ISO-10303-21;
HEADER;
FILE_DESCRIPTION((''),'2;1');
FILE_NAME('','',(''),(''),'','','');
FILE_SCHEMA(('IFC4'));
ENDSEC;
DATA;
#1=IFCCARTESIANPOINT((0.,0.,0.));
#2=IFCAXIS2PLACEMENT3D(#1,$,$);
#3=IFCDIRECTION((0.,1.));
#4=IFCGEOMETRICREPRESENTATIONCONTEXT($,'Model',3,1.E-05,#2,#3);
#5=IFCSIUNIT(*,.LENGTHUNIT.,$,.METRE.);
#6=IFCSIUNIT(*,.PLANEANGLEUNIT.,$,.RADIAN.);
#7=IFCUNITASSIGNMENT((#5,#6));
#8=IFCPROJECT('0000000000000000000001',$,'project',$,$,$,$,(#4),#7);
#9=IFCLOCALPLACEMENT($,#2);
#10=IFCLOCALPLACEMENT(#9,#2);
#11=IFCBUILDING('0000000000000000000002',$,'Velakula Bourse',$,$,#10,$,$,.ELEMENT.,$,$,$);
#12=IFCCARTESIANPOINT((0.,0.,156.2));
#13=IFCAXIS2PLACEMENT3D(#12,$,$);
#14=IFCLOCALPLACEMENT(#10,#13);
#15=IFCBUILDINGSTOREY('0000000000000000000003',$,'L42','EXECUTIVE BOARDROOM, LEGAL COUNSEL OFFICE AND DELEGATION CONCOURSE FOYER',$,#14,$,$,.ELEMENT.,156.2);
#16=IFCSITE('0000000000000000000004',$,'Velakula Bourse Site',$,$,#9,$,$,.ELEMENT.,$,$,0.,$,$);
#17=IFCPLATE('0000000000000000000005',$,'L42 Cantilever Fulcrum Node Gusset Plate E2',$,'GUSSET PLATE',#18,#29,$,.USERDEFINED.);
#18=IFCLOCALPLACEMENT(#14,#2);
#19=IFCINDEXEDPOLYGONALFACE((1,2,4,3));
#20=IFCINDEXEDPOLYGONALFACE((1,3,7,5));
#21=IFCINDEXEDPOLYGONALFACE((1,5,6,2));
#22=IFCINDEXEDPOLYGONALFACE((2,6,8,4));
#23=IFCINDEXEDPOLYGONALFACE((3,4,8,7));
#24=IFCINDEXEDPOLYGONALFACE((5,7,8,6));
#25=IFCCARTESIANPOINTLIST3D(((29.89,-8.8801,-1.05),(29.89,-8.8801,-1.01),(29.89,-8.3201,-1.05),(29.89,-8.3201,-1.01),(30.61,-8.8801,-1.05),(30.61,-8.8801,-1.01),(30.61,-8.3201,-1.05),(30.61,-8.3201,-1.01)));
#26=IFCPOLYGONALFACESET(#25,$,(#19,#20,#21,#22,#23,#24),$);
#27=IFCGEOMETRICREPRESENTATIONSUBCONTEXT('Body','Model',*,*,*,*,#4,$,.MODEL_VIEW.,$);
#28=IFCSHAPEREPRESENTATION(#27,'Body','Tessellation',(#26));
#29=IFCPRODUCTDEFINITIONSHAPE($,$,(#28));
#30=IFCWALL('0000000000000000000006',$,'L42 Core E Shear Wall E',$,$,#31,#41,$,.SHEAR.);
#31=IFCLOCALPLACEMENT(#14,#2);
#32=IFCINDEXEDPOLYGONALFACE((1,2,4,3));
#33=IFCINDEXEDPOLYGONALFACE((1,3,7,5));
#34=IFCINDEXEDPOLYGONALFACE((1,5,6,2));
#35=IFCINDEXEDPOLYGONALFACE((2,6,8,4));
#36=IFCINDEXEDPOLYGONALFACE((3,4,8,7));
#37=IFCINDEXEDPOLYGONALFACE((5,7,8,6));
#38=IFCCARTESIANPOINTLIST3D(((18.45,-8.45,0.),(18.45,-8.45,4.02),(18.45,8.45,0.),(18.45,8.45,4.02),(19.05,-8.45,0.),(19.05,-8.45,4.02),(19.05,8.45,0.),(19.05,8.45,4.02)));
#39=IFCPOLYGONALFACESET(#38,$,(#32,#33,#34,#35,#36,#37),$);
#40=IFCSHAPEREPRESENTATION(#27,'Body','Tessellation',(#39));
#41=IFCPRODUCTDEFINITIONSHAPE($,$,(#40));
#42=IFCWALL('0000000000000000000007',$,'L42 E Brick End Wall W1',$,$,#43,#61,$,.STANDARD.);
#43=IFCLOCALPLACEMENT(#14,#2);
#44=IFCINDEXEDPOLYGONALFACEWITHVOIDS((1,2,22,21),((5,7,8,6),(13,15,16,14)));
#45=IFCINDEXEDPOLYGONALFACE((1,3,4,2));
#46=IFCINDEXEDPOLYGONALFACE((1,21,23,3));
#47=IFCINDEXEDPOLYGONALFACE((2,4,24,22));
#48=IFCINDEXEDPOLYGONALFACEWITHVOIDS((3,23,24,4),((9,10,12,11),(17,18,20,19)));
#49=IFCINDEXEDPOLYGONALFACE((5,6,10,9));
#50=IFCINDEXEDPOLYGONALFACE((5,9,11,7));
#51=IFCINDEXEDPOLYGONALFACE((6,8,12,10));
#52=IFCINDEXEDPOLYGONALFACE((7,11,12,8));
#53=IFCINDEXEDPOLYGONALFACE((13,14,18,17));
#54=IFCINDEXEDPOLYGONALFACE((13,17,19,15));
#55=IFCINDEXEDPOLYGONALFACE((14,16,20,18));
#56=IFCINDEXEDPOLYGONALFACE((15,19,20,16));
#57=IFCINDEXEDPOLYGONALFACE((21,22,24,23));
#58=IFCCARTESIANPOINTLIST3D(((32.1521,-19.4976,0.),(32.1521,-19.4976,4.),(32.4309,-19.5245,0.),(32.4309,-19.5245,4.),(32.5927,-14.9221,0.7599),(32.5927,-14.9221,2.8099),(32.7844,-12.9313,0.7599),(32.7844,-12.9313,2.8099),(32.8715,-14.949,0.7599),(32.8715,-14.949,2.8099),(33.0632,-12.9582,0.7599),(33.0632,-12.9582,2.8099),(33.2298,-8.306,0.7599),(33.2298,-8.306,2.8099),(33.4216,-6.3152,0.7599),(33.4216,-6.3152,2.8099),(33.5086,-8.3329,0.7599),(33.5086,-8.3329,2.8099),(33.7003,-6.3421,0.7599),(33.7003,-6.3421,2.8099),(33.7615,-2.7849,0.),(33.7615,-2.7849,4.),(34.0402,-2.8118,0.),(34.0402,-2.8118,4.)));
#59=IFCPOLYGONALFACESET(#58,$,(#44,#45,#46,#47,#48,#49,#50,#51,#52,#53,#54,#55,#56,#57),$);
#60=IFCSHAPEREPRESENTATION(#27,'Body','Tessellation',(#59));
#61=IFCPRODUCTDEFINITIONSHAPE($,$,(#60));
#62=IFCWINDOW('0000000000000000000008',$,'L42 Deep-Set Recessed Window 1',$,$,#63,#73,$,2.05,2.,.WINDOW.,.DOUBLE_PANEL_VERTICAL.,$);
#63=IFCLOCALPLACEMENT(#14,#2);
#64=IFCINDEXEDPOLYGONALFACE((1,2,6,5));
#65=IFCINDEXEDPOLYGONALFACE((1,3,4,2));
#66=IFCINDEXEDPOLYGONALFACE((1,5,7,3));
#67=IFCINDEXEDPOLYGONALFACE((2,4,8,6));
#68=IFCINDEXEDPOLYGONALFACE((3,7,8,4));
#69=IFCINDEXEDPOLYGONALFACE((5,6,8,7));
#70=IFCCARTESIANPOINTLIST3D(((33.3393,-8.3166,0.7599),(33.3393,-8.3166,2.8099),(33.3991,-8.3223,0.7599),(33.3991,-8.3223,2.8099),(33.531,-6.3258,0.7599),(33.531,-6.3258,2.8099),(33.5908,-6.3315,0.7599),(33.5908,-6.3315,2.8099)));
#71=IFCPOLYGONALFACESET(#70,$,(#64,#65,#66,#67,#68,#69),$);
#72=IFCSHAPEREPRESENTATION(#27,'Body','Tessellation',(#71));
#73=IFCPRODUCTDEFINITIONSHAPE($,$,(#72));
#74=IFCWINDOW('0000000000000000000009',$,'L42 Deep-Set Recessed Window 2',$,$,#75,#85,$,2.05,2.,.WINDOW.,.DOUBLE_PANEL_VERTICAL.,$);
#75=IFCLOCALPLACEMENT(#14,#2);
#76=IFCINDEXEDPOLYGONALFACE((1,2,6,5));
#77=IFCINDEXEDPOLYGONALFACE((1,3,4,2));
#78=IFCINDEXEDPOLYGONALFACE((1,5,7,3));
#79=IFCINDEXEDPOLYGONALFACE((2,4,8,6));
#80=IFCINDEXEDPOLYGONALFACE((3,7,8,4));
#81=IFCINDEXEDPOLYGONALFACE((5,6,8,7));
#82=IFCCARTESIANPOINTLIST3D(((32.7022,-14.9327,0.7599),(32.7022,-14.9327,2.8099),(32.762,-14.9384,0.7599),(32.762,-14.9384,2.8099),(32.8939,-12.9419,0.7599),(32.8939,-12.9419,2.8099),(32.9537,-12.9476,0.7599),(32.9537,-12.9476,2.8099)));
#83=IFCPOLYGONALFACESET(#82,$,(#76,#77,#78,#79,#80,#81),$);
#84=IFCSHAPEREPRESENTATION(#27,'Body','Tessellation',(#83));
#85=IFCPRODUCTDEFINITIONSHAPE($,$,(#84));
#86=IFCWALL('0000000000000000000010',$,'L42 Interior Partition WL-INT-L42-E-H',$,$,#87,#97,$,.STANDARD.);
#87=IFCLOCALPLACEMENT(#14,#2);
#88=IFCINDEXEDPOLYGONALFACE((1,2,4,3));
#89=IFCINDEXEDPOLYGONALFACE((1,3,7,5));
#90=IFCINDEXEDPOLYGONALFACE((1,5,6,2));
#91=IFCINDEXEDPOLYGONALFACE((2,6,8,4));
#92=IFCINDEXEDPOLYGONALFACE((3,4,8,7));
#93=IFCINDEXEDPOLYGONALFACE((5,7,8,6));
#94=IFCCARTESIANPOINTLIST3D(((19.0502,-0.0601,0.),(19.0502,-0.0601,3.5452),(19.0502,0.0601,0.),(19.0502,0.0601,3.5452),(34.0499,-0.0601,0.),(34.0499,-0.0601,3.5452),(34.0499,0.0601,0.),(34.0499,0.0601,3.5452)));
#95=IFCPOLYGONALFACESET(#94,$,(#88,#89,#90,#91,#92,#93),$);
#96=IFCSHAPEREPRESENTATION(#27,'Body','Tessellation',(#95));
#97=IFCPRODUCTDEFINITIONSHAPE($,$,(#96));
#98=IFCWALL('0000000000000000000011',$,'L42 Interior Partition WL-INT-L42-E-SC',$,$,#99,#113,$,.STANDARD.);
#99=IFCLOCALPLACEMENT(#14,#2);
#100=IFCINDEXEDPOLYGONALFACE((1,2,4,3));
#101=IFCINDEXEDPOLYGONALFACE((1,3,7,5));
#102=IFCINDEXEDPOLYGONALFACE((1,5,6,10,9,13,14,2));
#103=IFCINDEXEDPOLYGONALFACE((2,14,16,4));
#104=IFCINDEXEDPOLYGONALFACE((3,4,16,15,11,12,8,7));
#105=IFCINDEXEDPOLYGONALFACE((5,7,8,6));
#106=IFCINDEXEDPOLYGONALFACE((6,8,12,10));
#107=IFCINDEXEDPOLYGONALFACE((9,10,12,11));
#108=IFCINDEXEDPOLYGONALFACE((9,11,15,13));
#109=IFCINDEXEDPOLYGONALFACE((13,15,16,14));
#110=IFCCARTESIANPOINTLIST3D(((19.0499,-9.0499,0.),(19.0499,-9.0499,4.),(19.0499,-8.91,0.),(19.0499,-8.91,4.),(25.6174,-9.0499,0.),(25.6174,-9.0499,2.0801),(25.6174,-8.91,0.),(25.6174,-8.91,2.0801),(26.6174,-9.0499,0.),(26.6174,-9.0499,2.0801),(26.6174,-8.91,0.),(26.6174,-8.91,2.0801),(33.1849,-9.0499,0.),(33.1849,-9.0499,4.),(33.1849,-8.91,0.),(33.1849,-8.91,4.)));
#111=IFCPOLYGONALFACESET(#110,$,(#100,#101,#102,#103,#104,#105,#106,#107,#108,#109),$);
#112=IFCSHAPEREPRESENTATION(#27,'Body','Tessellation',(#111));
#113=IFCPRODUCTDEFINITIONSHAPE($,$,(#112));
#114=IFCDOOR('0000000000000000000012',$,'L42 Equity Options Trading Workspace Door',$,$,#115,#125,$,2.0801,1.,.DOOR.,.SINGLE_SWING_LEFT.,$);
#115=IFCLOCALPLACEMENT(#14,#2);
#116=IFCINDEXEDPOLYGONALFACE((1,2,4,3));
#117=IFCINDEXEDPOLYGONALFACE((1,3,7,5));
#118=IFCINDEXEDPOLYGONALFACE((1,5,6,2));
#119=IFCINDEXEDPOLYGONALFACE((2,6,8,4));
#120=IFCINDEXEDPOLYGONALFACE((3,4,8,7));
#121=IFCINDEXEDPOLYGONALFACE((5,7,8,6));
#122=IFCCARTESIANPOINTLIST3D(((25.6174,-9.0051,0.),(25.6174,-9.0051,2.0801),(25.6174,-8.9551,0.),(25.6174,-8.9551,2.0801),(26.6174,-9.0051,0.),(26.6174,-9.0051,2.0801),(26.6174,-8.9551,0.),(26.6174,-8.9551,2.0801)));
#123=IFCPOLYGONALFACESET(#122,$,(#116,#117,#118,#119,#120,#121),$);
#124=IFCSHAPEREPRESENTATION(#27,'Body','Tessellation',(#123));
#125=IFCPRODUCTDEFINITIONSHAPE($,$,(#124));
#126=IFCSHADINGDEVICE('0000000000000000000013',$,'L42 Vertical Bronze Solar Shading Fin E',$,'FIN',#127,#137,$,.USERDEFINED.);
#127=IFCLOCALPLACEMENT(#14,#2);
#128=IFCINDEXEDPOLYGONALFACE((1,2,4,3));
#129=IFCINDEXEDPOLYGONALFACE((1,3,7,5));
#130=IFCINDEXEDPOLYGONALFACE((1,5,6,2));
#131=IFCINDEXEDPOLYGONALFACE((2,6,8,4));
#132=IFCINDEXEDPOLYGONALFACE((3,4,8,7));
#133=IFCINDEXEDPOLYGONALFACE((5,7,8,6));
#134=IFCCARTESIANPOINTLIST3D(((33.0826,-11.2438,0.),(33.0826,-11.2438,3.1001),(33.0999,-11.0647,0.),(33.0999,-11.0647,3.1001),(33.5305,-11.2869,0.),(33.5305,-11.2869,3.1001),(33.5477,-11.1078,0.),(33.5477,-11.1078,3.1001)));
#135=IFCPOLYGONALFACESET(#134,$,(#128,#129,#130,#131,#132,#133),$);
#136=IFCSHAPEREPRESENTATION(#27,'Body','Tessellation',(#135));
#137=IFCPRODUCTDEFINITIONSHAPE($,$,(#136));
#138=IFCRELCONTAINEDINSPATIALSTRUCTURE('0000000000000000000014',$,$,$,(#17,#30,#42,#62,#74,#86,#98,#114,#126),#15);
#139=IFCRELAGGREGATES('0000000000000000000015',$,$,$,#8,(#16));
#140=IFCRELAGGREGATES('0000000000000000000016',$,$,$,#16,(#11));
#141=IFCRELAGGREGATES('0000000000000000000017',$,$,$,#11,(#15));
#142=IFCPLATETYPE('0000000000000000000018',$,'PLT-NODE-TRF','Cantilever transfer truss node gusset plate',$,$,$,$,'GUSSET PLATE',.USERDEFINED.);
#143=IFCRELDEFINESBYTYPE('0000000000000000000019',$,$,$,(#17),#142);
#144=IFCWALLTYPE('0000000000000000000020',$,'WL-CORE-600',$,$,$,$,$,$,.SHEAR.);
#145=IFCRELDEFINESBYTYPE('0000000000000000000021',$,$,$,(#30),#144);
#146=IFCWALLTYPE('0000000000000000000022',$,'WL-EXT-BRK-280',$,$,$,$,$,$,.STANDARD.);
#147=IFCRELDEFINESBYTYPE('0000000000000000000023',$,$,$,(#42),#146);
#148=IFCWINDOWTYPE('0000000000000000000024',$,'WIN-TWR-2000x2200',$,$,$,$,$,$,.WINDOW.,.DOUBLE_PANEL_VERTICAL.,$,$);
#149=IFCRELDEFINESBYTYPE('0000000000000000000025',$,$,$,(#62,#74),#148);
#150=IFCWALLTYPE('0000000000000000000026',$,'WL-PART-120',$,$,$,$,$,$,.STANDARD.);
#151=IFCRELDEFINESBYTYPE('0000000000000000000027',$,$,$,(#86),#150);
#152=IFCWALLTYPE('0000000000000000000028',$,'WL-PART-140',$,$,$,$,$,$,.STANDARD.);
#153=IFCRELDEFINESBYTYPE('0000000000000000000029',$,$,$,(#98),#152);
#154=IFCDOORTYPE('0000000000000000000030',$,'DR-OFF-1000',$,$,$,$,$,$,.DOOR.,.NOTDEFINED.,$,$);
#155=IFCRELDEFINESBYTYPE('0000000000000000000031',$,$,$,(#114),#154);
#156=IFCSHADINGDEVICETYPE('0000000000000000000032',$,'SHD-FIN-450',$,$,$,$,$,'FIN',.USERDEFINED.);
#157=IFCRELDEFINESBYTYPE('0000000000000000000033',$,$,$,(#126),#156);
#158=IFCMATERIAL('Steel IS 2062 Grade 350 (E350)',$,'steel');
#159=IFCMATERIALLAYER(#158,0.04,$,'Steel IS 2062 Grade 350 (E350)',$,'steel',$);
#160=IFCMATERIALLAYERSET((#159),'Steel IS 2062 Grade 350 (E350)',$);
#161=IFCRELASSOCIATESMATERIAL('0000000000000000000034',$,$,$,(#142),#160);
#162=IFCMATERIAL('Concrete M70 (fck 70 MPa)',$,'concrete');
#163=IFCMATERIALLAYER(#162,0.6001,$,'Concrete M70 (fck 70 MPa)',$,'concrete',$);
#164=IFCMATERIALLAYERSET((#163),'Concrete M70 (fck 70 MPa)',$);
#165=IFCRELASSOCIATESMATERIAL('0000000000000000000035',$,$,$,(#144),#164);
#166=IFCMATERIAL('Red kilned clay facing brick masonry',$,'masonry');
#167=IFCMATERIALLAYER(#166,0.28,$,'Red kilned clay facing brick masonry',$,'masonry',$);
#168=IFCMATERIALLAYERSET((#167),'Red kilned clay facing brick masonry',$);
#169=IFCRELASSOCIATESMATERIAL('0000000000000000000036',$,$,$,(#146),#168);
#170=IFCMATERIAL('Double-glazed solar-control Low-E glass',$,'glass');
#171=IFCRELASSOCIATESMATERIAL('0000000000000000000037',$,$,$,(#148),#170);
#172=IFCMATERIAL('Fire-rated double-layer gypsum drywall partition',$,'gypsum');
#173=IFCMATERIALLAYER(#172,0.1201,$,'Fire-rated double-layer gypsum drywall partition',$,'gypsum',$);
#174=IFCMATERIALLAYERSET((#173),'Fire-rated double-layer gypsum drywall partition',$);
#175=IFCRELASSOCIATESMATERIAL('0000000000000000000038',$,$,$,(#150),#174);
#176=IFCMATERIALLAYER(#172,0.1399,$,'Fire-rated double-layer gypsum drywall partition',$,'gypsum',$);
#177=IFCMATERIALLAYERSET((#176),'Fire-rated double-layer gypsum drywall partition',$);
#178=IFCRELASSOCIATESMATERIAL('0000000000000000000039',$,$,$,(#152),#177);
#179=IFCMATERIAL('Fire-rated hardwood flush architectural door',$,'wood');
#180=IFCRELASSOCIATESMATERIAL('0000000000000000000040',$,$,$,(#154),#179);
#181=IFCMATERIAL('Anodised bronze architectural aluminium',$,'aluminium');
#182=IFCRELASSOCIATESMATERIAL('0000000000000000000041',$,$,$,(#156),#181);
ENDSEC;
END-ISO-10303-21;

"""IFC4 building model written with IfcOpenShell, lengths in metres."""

from ifc_helpers import new_model, si_unit, direction, frame, frame_2d, origin, origin_2d, place, context, subcontext, project, spatial, rectangle, extrude, material, layer, layer_set, type_object, element, fill, save


model = new_model("IFC4")

# Units and contexts
model_context = context("Model", 3, precision=1e-05, world=origin(), true_north=direction((0.0, 1.0)))
body_context = subcontext(model_context, "Body", "Model", "MODEL_VIEW")
ifc_project = project(units=[si_unit("LENGTHUNIT", "METRE"), si_unit("PLANEANGLEUNIT", "RADIAN")], contexts=[model_context])

# Site, building, storey
site_placement = place(None, origin())
site = spatial("IfcSite", under=ifc_project, at=site_placement, Name="Velakula Bourse Site", CompositionType="ELEMENT", RefElevation=0.0)
building_placement = place(site_placement, origin())
building = spatial("IfcBuilding", under=site, at=building_placement, Name="Velakula Bourse", CompositionType="ELEMENT")
storey_placement = place(building_placement, frame((0.0, 0.0, 156.2)))
storey = spatial("IfcBuildingStorey", under=building, at=storey_placement, Name="L42", Description="EXECUTIVE BOARDROOM, LEGAL COUNSEL OFFICE AND DELEGATION CONCOURSE FOYER", CompositionType="ELEMENT", Elevation=156.2)

# Shared definitions
ifc_material_1 = material(Name="Concrete M70 (fck 70 MPa)", Category="concrete")
ifc_material_2 = material(Name="Steel IS 2062 Grade 350 (E350)", Category="steel")

# Plate
ifc_layer_1 = layer(ifc_material_2, 0.04, Name="Steel IS 2062 Grade 350 (E350)", Category="steel")
ifc_layer_set_1 = layer_set([ifc_layer_1], Name="Steel IS 2062 Grade 350 (E350)")
plate_type = type_object("IfcPlateType", Name="PLT-NODE-TRF", Description="Cantilever transfer truss node gusset plate", ElementType="GUSSET PLATE", PredefinedType="USERDEFINED", material=ifc_layer_set_1)
plate_placement = place(storey_placement, frame((30.25, -8.6001, -1.05), z_axis=(0.0, 0.0, 1.0), x_axis=(1.0, 0.0, 0.0)))
element("IfcPlate", 1, at=plate_placement, inside=storey, type_object=plate_type, Name="L42 Cantilever Fulcrum Node Gusset Plate E2", ObjectType="GUSSET PLATE", PredefinedType="USERDEFINED", context=body_context, shape_type="SweptSolid", body=[
    extrude(rectangle(XDim=0.72, YDim=0.5601, at=origin_2d()), origin(), (0.0, 0.0, 1.0), 0.04),
])

# Wall
ifc_layer_2 = layer(ifc_material_1, 0.6001, Name="Concrete M70 (fck 70 MPa)", Category="concrete")
ifc_layer_set_2 = layer_set([ifc_layer_2], Name="Concrete M70 (fck 70 MPa)")
wall_type_1 = type_object("IfcWallType", Name="WL-CORE-600", PredefinedType="SHEAR", material=ifc_layer_set_2)
wall_1_placement = place(storey_placement, frame((18.75, -8.45, 0.0), z_axis=(0.0, 0.0, 1.0), x_axis=(0.0, 1.0, 0.0)))
element("IfcWall", 2, at=wall_1_placement, inside=storey, type_object=wall_type_1, Name="L42 Core E Shear Wall E", PredefinedType="SHEAR", context=body_context, shape_type="SweptSolid", body=[
    extrude(rectangle(XDim=16.8999, YDim=0.6001, at=frame_2d((8.45, 0.0))), origin(), (0.0, 0.0, 1.0), 4.02),
])

# Wall, openings, windows
ifc_material_3 = material(Name="Red kilned clay facing brick masonry", Category="masonry")
ifc_layer_3 = layer(ifc_material_3, 0.28, Name="Red kilned clay facing brick masonry", Category="masonry")
ifc_layer_set_3 = layer_set([ifc_layer_3], Name="Red kilned clay facing brick masonry")
wall_type_2 = type_object("IfcWallType", Name="WL-EXT-BRK-280", PredefinedType="STANDARD", material=ifc_layer_set_3)
wall_2_placement = place(storey_placement, frame((33.9009, -2.7983, 0.0), z_axis=(0.0, 0.0, 1.0), x_axis=(-0.095853, -0.995395, 0.0)))
wall_2 = element("IfcWall", 3, at=wall_2_placement, inside=storey, type_object=wall_type_2, Name="L42 E Brick End Wall W1", PredefinedType="STANDARD", context=body_context, shape_type="SweptSolid", body=[
    extrude(rectangle(XDim=16.79, YDim=0.28, at=frame_2d((8.395, 0.0))), origin(), (0.0, 0.0, 1.0), 4.0),
])
opening_1_placement = place(wall_2_placement, frame((3.5466, 0.0, 0.76)))
opening_1 = element("IfcOpeningElement", 4, at=opening_1_placement, cuts=wall_2, PredefinedType="OPENING", context=body_context, shape_type="SweptSolid", body=[
    extrude(rectangle(XDim=2.0, YDim=2.05, at=frame_2d((1.0, 1.0249))), frame((0.0, 0.1499, 0.0), z_axis=(0.0, -1.0, 0.0), x_axis=(1.0, 0.0, 0.0)), (0.0, 0.0, 1.0), 0.3),
])
opening_2_placement = place(wall_2_placement, frame((10.1934, 0.0, 0.76)))
opening_2 = element("IfcOpeningElement", 5, at=opening_2_placement, cuts=wall_2, PredefinedType="OPENING", context=body_context, shape_type="SweptSolid", body=[
    extrude(rectangle(XDim=2.0, YDim=2.05, at=frame_2d((1.0, 1.0249))), frame((0.0, 0.1499, 0.0), z_axis=(0.0, -1.0, 0.0), x_axis=(1.0, 0.0, 0.0)), (0.0, 0.0, 1.0), 0.3),
])
ifc_material_4 = material(Name="Double-glazed solar-control Low-E glass", Category="glass")
window_type = type_object("IfcWindowType", Name="WIN-TWR-2000x2200", PartitioningType="DOUBLE_PANEL_VERTICAL", PredefinedType="WINDOW", material=ifc_material_4)
window_1_placement = place(opening_1_placement, origin())
window_1 = element("IfcWindow", 6, at=window_1_placement, inside=storey, type_object=window_type, Name="L42 Deep-Set Recessed Window 1", OverallHeight=2.05, OverallWidth=2.0, PartitioningType="DOUBLE_PANEL_VERTICAL", PredefinedType="WINDOW", context=body_context, shape_type="SweptSolid", body=[
    extrude(rectangle(XDim=2.0, YDim=2.05, at=frame_2d((1.0, 1.0249))), frame((0.0, 0.03, 0.0), z_axis=(0.0, -1.0, 0.0), x_axis=(1.0, 0.0, 0.0)), (0.0, 0.0, 1.0), 0.0601),
])
fill(opening_1, window_1)
window_2_placement = place(opening_2_placement, origin())
window_2 = element("IfcWindow", 7, at=window_2_placement, inside=storey, type_object=window_type, Name="L42 Deep-Set Recessed Window 2", OverallHeight=2.05, OverallWidth=2.0, PartitioningType="DOUBLE_PANEL_VERTICAL", PredefinedType="WINDOW", context=body_context, shape_type="SweptSolid", body=[
    extrude(rectangle(XDim=2.0, YDim=2.05, at=frame_2d((1.0, 1.0249))), frame((0.0, 0.03, 0.0), z_axis=(0.0, -1.0, 0.0), x_axis=(1.0, 0.0, 0.0)), (0.0, 0.0, 1.0), 0.0601),
])
fill(opening_2, window_2)

# Wall
ifc_material_5 = material(Name="Fire-rated double-layer gypsum drywall partition", Category="gypsum")
ifc_layer_4 = layer(ifc_material_5, 0.1201, Name="Fire-rated double-layer gypsum drywall partition", Category="gypsum")
ifc_layer_set_4 = layer_set([ifc_layer_4], Name="Fire-rated double-layer gypsum drywall partition")
wall_type_3 = type_object("IfcWallType", Name="WL-PART-120", PredefinedType="STANDARD", material=ifc_layer_set_4)
wall_3_placement = place(storey_placement, frame((19.05, 0.0, 0.0), z_axis=(0.0, 0.0, 1.0), x_axis=(1.0, 0.0, 0.0)))
element("IfcWall", 8, at=wall_3_placement, inside=storey, type_object=wall_type_3, Name="L42 Interior Partition WL-INT-L42-E-H", PredefinedType="STANDARD", context=body_context, shape_type="SweptSolid", body=[
    extrude(rectangle(XDim=14.9998, YDim=0.1201, at=frame_2d((7.5, 0.0))), origin(), (0.0, 0.0, 1.0), 3.5452),
])

# Wall, opening, door
ifc_layer_5 = layer(ifc_material_5, 0.1399, Name="Fire-rated double-layer gypsum drywall partition", Category="gypsum")
ifc_layer_set_5 = layer_set([ifc_layer_5], Name="Fire-rated double-layer gypsum drywall partition")
wall_type_4 = type_object("IfcWallType", Name="WL-PART-140", PredefinedType="STANDARD", material=ifc_layer_set_5)
wall_4_placement = place(storey_placement, frame((19.05, -8.98, 0.0), z_axis=(0.0, 0.0, 1.0), x_axis=(1.0, 0.0, 0.0)))
wall_4 = element("IfcWall", 9, at=wall_4_placement, inside=storey, type_object=wall_type_4, Name="L42 Interior Partition WL-INT-L42-E-SC", PredefinedType="STANDARD", context=body_context, shape_type="SweptSolid", body=[
    extrude(rectangle(XDim=14.135, YDim=0.1399, at=frame_2d((7.0674, 0.0))), origin(), (0.0, 0.0, 1.0), 4.0),
])
opening_3_placement = place(wall_4_placement, frame((6.5674, 0.0, 0.0)))
opening_3 = element("IfcOpeningElement", 10, at=opening_3_placement, cuts=wall_4, PredefinedType="OPENING", context=body_context, shape_type="SweptSolid", body=[
    extrude(rectangle(XDim=1.0, YDim=2.0801, at=frame_2d((0.5, 1.04))), frame((0.0, 0.0798, 0.0), z_axis=(0.0, -1.0, 0.0), x_axis=(1.0, 0.0, 0.0)), (0.0, 0.0, 1.0), 0.1599),
])
ifc_material_6 = material(Name="Fire-rated hardwood flush architectural door", Category="wood")
door_type = type_object("IfcDoorType", Name="DR-OFF-1000", OperationType="NOTDEFINED", PredefinedType="DOOR", material=ifc_material_6)
door_placement = place(opening_3_placement, origin())
door = element("IfcDoor", 11, at=door_placement, inside=storey, type_object=door_type, Name="L42 Equity Options Trading Workspace Door", OperationType="SINGLE_SWING_LEFT", OverallHeight=2.0801, OverallWidth=1.0, PredefinedType="DOOR", context=body_context, shape_type="SweptSolid", body=[
    extrude(rectangle(XDim=1.0, YDim=2.0801, at=frame_2d((0.5, 1.04))), frame((0.0, 0.0249, 0.0), z_axis=(0.0, -1.0, 0.0), x_axis=(1.0, 0.0, 0.0)), (0.0, 0.0, 1.0), 0.05),
])
fill(opening_3, door)

# Shading device
ifc_material_7 = material(Name="Anodised bronze architectural aluminium", Category="aluminium")
shading_device_type = type_object("IfcShadingDeviceType", Name="SHD-FIN-450", ElementType="FIN", PredefinedType="USERDEFINED", material=ifc_material_7)
shading_device_placement = place(storey_placement, frame((33.3152, -11.1758, 0.0), z_axis=(0.0, 0.0, 1.0), x_axis=(0.995396, -0.095846, 0.0)))
element("IfcShadingDevice", 12, at=shading_device_placement, inside=storey, type_object=shading_device_type, Name="L42 Vertical Bronze Solar Shading Fin E", ObjectType="FIN", PredefinedType="USERDEFINED", context=body_context, shape_type="SweptSolid", body=[
    extrude(rectangle(XDim=0.45, YDim=0.1799, at=origin_2d()), origin(), (0.0, 0.0, 1.0), 3.1001),
])

save(model, "model.ifc")
